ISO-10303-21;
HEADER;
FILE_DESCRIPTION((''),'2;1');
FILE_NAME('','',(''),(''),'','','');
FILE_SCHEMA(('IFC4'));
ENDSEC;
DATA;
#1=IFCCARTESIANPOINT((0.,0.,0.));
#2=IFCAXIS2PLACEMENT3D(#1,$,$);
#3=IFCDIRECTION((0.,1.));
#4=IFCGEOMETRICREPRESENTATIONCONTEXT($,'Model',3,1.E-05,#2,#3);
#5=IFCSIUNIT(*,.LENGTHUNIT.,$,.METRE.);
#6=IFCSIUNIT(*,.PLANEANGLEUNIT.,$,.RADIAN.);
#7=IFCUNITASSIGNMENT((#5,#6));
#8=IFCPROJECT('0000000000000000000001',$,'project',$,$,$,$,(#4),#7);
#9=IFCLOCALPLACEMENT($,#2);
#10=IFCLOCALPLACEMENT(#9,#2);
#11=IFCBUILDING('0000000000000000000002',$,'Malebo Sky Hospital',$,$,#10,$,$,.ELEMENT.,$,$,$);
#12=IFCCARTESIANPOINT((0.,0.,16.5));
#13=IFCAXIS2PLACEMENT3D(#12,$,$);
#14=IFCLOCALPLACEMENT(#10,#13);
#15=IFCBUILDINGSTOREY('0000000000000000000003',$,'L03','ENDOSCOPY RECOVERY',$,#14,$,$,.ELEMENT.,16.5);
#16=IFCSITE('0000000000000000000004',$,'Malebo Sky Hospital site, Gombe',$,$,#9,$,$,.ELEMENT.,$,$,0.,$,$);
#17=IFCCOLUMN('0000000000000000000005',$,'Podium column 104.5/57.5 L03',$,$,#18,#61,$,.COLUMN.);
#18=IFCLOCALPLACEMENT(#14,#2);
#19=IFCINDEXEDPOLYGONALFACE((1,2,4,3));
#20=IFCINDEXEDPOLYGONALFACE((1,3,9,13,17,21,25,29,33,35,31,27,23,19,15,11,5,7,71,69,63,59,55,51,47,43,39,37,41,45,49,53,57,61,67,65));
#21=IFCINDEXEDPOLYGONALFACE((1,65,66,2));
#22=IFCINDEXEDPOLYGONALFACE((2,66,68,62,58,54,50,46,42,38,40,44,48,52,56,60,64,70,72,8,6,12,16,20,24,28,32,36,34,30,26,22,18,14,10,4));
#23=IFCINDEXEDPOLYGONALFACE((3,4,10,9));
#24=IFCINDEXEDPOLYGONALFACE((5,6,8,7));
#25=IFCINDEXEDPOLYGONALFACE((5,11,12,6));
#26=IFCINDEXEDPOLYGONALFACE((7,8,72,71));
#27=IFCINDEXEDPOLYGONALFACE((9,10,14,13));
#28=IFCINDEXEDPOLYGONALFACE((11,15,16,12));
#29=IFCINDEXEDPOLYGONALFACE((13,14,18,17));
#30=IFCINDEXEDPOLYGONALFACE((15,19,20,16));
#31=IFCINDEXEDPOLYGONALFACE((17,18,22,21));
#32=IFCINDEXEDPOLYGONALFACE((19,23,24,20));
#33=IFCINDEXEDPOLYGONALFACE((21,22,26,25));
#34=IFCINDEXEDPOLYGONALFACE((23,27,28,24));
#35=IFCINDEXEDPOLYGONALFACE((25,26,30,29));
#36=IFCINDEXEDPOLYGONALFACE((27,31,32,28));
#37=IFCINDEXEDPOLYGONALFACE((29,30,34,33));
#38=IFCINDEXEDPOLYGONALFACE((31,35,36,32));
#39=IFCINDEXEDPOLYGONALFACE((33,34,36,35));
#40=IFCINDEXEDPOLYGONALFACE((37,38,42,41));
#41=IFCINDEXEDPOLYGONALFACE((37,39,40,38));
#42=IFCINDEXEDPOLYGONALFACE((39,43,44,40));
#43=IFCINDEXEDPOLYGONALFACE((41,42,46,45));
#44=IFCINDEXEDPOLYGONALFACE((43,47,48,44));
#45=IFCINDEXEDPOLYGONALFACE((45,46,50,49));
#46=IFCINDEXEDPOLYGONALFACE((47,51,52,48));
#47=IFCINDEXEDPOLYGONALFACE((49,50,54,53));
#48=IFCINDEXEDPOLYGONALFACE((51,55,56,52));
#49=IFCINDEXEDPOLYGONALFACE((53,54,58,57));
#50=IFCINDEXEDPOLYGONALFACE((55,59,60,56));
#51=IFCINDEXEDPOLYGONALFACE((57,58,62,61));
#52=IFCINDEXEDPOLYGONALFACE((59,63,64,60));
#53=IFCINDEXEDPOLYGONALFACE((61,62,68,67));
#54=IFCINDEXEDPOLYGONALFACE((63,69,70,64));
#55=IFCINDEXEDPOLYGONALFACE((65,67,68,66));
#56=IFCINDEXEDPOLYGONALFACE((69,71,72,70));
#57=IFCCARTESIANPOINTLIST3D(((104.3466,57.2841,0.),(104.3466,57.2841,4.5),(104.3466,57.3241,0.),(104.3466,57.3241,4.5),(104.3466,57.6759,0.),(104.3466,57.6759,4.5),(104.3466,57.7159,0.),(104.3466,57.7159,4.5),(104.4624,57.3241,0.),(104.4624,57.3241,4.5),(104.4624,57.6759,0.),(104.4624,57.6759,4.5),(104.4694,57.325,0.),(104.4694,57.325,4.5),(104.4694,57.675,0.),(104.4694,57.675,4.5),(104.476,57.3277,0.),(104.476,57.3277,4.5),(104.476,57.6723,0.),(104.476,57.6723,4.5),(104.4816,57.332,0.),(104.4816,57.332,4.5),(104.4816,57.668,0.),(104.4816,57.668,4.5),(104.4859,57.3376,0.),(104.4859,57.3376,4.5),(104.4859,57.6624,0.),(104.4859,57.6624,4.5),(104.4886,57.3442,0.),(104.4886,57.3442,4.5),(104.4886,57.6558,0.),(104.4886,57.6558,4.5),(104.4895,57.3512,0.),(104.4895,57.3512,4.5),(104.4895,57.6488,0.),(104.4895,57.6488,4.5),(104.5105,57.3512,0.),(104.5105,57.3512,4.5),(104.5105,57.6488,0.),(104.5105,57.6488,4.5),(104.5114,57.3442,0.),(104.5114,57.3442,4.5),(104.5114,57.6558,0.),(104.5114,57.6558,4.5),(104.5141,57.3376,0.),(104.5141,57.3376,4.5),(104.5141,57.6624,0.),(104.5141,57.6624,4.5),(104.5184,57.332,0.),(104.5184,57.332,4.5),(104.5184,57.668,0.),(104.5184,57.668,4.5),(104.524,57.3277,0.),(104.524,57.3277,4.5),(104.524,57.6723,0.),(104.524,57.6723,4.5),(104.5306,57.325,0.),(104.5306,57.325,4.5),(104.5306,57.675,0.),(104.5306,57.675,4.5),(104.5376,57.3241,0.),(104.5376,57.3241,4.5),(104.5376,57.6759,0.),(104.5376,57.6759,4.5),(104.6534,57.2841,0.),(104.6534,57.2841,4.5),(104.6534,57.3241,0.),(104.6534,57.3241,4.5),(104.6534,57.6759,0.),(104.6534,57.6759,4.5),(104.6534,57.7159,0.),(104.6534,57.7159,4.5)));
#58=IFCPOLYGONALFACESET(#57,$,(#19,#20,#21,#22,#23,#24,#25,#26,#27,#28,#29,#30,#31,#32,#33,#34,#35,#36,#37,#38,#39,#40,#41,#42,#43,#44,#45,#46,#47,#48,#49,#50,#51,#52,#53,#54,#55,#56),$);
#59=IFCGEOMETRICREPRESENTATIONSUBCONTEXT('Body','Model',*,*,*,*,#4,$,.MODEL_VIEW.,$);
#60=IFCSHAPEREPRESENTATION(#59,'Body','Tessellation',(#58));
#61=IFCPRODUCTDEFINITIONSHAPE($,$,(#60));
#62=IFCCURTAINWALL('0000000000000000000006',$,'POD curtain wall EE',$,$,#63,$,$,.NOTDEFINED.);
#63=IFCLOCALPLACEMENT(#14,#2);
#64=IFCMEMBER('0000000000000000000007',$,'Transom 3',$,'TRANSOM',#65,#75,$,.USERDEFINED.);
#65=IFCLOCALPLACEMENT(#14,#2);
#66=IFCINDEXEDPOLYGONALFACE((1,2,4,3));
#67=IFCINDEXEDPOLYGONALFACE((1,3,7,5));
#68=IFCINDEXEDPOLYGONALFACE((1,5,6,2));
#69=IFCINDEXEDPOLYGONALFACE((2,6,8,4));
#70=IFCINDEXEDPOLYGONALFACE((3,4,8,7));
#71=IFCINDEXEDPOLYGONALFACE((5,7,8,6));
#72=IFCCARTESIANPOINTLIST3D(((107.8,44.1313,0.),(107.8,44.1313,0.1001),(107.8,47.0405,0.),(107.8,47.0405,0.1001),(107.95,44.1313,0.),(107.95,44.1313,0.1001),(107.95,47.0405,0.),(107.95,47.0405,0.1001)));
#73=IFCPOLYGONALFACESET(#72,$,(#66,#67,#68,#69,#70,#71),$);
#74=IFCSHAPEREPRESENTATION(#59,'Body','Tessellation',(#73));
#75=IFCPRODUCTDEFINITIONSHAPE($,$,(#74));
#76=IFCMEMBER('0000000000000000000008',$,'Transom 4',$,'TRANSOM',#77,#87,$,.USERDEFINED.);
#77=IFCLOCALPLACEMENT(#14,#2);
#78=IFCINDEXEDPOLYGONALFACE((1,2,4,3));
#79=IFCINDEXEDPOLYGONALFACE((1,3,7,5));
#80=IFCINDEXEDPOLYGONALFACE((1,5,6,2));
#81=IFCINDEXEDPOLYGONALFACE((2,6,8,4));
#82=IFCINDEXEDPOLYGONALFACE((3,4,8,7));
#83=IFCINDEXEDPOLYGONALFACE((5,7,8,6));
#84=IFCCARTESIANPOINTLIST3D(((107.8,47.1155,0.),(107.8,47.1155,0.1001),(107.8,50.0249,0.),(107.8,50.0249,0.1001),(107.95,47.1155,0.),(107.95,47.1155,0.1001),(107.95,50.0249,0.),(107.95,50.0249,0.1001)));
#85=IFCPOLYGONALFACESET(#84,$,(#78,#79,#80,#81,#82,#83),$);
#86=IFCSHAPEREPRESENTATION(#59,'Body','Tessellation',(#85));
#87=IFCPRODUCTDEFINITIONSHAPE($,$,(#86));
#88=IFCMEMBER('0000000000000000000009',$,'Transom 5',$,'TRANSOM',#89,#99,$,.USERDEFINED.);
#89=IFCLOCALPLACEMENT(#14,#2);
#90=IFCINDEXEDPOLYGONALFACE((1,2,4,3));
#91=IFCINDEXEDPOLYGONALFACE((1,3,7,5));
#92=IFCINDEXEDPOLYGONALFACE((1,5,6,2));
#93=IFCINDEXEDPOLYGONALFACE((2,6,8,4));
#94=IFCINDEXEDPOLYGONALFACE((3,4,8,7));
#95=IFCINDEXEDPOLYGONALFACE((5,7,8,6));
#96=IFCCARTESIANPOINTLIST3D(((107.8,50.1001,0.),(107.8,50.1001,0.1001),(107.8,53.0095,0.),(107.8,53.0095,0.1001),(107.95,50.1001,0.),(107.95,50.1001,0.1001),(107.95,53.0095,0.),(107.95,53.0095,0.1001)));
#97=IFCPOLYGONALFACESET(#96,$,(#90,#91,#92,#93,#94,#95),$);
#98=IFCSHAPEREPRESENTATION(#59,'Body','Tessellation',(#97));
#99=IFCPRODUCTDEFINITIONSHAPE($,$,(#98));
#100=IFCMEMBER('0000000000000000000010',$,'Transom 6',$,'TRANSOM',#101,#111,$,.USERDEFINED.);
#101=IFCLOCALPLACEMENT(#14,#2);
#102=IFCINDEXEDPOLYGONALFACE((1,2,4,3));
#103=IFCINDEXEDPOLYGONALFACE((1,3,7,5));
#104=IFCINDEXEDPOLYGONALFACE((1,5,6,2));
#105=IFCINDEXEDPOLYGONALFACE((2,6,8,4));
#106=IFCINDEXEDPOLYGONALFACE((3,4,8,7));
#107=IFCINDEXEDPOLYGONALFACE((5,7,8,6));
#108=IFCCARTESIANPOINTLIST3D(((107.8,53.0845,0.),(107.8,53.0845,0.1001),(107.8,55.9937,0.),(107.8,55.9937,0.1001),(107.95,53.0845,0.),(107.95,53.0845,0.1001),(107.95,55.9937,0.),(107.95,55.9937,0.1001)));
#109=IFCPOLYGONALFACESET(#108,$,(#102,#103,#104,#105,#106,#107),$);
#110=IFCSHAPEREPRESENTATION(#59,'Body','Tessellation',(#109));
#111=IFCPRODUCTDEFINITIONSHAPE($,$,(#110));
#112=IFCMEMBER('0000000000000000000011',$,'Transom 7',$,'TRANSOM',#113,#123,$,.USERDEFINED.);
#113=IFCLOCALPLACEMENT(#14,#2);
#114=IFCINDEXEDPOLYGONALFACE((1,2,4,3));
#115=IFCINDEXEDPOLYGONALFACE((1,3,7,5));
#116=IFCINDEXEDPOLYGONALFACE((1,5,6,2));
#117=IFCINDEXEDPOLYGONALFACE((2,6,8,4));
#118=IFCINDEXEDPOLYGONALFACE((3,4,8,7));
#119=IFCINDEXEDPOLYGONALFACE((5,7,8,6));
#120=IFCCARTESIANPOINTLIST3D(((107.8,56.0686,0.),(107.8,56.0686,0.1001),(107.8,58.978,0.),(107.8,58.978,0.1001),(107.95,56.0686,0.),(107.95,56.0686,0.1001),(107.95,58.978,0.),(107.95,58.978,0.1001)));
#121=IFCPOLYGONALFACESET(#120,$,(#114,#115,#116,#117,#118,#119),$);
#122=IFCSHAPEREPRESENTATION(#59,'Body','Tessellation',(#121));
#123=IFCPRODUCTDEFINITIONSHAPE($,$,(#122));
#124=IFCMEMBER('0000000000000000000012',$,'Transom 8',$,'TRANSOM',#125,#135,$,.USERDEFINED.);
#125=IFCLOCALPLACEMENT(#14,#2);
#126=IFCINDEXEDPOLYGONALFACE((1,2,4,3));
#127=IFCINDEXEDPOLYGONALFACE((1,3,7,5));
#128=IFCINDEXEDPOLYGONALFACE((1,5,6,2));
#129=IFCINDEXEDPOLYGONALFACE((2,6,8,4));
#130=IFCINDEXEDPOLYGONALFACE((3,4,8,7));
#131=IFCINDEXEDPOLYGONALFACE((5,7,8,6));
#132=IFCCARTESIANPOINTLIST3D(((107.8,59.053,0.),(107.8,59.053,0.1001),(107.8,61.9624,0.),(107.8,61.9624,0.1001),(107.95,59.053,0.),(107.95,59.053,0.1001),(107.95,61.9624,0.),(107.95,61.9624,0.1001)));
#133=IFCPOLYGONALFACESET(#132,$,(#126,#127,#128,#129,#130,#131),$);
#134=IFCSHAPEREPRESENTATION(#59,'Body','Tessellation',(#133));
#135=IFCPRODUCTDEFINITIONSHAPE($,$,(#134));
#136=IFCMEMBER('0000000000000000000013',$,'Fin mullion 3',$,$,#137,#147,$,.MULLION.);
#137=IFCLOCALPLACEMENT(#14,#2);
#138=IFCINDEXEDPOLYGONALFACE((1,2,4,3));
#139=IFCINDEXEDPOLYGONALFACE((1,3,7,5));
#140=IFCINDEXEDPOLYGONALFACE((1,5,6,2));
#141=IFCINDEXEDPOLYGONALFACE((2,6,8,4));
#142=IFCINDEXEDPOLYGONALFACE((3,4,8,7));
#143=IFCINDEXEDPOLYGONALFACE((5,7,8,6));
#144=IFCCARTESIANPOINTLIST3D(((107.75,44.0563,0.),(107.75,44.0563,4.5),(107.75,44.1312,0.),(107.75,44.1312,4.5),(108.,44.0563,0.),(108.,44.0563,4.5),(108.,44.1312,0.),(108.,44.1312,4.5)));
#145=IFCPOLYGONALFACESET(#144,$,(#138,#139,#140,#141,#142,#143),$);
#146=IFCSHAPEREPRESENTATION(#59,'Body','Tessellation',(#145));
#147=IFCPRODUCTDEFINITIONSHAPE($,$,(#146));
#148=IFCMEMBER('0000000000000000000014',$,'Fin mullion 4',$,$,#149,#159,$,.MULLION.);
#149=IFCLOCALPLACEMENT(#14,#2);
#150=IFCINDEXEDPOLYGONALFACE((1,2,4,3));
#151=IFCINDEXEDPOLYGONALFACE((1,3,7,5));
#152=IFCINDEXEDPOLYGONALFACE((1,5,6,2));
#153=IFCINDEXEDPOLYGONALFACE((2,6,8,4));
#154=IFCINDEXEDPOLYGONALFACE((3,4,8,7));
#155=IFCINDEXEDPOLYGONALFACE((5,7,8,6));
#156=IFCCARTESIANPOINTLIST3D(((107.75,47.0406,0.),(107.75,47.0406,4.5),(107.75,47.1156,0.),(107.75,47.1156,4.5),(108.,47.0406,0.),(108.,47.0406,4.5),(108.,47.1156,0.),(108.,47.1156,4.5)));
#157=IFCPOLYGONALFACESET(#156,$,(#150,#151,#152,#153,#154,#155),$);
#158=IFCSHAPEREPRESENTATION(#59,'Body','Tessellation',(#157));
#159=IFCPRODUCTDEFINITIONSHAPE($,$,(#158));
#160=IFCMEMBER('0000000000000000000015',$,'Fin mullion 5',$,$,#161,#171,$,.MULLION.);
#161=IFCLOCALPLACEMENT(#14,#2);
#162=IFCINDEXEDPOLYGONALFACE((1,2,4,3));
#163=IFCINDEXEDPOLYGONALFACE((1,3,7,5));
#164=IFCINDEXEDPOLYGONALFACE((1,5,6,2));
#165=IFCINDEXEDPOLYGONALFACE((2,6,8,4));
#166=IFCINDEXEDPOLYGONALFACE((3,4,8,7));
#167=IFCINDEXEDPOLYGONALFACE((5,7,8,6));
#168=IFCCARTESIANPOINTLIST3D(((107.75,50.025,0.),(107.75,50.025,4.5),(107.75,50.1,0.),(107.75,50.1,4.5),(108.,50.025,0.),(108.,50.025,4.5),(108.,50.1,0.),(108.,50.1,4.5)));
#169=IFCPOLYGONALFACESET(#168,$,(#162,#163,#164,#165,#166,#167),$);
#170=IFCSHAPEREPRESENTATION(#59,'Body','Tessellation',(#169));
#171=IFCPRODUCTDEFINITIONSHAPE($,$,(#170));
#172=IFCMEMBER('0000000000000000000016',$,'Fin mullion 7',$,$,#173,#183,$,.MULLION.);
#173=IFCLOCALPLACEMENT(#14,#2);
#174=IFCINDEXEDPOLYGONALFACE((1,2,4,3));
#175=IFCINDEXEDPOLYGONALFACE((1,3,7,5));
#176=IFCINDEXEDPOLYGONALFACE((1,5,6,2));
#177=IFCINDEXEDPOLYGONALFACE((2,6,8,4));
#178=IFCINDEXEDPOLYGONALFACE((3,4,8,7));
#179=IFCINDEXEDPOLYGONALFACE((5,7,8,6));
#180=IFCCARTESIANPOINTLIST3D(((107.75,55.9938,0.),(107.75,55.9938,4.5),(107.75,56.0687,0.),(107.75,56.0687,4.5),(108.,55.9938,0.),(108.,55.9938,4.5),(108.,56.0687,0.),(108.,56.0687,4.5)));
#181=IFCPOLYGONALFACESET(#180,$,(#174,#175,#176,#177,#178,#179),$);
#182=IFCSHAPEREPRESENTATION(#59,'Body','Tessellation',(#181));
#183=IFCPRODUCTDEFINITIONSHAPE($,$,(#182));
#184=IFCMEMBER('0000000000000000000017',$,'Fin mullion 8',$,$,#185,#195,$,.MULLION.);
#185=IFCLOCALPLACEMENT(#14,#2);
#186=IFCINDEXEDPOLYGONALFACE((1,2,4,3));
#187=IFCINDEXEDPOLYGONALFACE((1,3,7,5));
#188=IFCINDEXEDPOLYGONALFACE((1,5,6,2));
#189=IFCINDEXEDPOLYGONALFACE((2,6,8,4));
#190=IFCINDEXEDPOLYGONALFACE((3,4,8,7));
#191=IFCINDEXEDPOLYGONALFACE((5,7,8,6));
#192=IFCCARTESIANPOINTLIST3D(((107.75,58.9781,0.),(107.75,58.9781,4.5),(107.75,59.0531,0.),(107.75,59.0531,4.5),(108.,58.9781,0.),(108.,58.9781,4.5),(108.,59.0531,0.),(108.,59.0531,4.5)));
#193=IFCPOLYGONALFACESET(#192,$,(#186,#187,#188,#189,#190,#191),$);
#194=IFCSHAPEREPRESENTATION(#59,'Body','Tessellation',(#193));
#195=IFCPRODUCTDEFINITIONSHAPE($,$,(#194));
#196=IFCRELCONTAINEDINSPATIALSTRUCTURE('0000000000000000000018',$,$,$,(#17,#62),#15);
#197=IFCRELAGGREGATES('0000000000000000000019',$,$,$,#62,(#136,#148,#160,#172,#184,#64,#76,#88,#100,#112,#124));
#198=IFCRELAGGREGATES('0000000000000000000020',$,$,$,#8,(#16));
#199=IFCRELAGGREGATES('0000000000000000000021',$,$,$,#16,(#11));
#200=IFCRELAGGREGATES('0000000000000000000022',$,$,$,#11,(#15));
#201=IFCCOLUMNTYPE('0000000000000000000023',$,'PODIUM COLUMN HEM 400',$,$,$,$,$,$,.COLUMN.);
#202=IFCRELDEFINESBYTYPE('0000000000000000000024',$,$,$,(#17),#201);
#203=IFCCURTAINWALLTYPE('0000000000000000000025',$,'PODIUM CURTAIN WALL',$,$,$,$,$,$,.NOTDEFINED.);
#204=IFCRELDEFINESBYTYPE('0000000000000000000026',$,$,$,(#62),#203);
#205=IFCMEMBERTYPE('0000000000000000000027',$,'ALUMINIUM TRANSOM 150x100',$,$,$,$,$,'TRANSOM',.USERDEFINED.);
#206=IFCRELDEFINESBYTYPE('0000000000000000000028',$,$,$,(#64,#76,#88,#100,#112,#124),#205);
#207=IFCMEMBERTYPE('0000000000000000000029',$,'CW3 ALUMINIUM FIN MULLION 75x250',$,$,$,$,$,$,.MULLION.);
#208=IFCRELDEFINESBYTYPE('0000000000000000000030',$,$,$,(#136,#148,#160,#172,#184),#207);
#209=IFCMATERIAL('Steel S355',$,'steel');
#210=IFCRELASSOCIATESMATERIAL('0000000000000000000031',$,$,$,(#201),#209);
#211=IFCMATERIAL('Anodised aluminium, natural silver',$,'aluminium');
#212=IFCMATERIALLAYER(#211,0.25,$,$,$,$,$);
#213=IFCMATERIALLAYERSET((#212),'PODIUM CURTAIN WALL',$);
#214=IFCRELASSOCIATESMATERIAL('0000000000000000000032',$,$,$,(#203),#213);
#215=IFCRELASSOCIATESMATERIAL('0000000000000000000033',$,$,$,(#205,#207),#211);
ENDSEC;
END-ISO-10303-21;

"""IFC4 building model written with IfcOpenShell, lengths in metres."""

from ifc_helpers import new_model, si_unit, direction, frame, origin, origin_2d, place, context, subcontext, project, spatial, rectangle, i_section, extrude, material, layer, layer_set, material_profile, profile_set, type_object, element, aggregate, save


model = new_model("IFC4")

# Units and contexts
model_context = context("Model", 3, precision=1e-05, world=origin(), true_north=direction((0.0, 1.0)))
body_context = subcontext(model_context, "Body", "Model", "MODEL_VIEW")
ifc_project = project(units=[si_unit("LENGTHUNIT", "METRE"), si_unit("PLANEANGLEUNIT", "RADIAN")], contexts=[model_context])

# Site, building, storey
site_placement = place(None, origin())
site = spatial("IfcSite", under=ifc_project, at=site_placement, Name="Malebo Sky Hospital site, Gombe", CompositionType="ELEMENT", RefElevation=0.0)
building_placement = place(site_placement, origin())
building = spatial("IfcBuilding", under=site, at=building_placement, Name="Malebo Sky Hospital", CompositionType="ELEMENT")
storey_placement = place(building_placement, frame((0.0, 0.0, 16.5)))
storey = spatial("IfcBuildingStorey", under=building, at=storey_placement, Name="L03", Description="ENDOSCOPY RECOVERY", CompositionType="ELEMENT", Elevation=16.5)

# Column
ifc_material_1 = material(Name="Steel S355", Category="steel")
ifc_material_profile_1 = material_profile(ifc_material_1, i_section(OverallWidth=0.3069, OverallDepth=0.4319, WebThickness=0.021, FlangeThickness=0.04, FilletRadius=0.0271, at=origin_2d()), Name="HEM 400")
ifc_profile_set_1 = profile_set([ifc_material_profile_1], Name="Steel S355")
column_type = type_object("IfcColumnType", Name="PODIUM COLUMN HEM 400", PredefinedType="COLUMN", material=ifc_profile_set_1)
column_placement = place(storey_placement, frame((104.5, 57.5, 0.0), z_axis=(0.0, 0.0, 1.0), x_axis=(1.0, 0.0, 0.0)))
element("IfcColumn", 1, at=column_placement, inside=storey, type_object=column_type, Name="Podium column 104.5/57.5 L03", PredefinedType="COLUMN", context=body_context, shape_type="SweptSolid", body=[
    extrude(i_section(OverallWidth=0.3069, OverallDepth=0.4319, WebThickness=0.021, FlangeThickness=0.04, FilletRadius=0.0271, at=origin_2d()), origin(), (0.0, 0.0, 1.0), 4.5),
])

# Curtain wall, members
ifc_material_2 = material(Name="Anodised aluminium, natural silver", Category="aluminium")
ifc_layer_1 = layer(ifc_material_2, 0.25)
ifc_layer_set_1 = layer_set([ifc_layer_1], Name="PODIUM CURTAIN WALL")
curtain_wall_type = type_object("IfcCurtainWallType", Name="PODIUM CURTAIN WALL", PredefinedType="NOTDEFINED", material=ifc_layer_set_1)
curtain_wall_placement = place(storey_placement, origin())
curtain_wall = element("IfcCurtainWall", 2, at=curtain_wall_placement, inside=storey, type_object=curtain_wall_type, Name="POD curtain wall EE", PredefinedType="NOTDEFINED")
ifc_material_profile_2 = material_profile(ifc_material_2, rectangle(XDim=0.1499, YDim=0.1001, at=origin_2d()), Name="ALUMINIUM TRANSOM 150x100")
ifc_profile_set_2 = profile_set([ifc_material_profile_2], Name="Anodised aluminium, natural silver")
member_type_1 = type_object("IfcMemberType", Name="ALUMINIUM TRANSOM 150x100", ElementType="TRANSOM", PredefinedType="USERDEFINED", material=ifc_profile_set_2)
member_1_placement = place(storey_placement, frame((107.875, 44.1313, 0.05), z_axis=(0.0, 1.0, 0.0), x_axis=(-1.0, 0.0, 0.0)))
member_1 = element("IfcMember", 3, at=member_1_placement, type_object=member_type_1, Name="Transom 3", ObjectType="TRANSOM", PredefinedType="USERDEFINED", context=body_context, shape_type="SweptSolid", body=[
    extrude(rectangle(XDim=0.1499, YDim=0.1001, at=origin_2d()), origin(), (0.0, 0.0, 1.0), 2.9092),
])
member_2_placement = place(storey_placement, frame((107.875, 47.1155, 0.05), z_axis=(0.0, 1.0, 0.0), x_axis=(-1.0, 0.0, 0.0)))
member_2 = element("IfcMember", 4, at=member_2_placement, type_object=member_type_1, Name="Transom 4", ObjectType="TRANSOM", PredefinedType="USERDEFINED", context=body_context, shape_type="SweptSolid", body=[
    extrude(rectangle(XDim=0.1499, YDim=0.1001, at=origin_2d()), origin(), (0.0, 0.0, 1.0), 2.9094),
])
member_3_placement = place(storey_placement, frame((107.875, 50.1001, 0.05), z_axis=(0.0, 1.0, 0.0), x_axis=(-1.0, 0.0, 0.0)))
member_3 = element("IfcMember", 5, at=member_3_placement, type_object=member_type_1, Name="Transom 5", ObjectType="TRANSOM", PredefinedType="USERDEFINED", context=body_context, shape_type="SweptSolid", body=[
    extrude(rectangle(XDim=0.1499, YDim=0.1001, at=origin_2d()), origin(), (0.0, 0.0, 1.0), 2.9094),
])
member_4_placement = place(storey_placement, frame((107.875, 53.0845, 0.05), z_axis=(0.0, 1.0, 0.0), x_axis=(-1.0, 0.0, 0.0)))
member_4 = element("IfcMember", 6, at=member_4_placement, type_object=member_type_1, Name="Transom 6", ObjectType="TRANSOM", PredefinedType="USERDEFINED", context=body_context, shape_type="SweptSolid", body=[
    extrude(rectangle(XDim=0.1499, YDim=0.1001, at=origin_2d()), origin(), (0.0, 0.0, 1.0), 2.9092),
])
member_5_placement = place(storey_placement, frame((107.875, 56.0686, 0.05), z_axis=(0.0, 1.0, 0.0), x_axis=(-1.0, 0.0, 0.0)))
member_5 = element("IfcMember", 7, at=member_5_placement, type_object=member_type_1, Name="Transom 7", ObjectType="TRANSOM", PredefinedType="USERDEFINED", context=body_context, shape_type="SweptSolid", body=[
    extrude(rectangle(XDim=0.1499, YDim=0.1001, at=origin_2d()), origin(), (0.0, 0.0, 1.0), 2.9094),
])
member_6_placement = place(storey_placement, frame((107.875, 59.053, 0.05), z_axis=(0.0, 1.0, 0.0), x_axis=(-1.0, 0.0, 0.0)))
member_6 = element("IfcMember", 8, at=member_6_placement, type_object=member_type_1, Name="Transom 8", ObjectType="TRANSOM", PredefinedType="USERDEFINED", context=body_context, shape_type="SweptSolid", body=[
    extrude(rectangle(XDim=0.1499, YDim=0.1001, at=origin_2d()), origin(), (0.0, 0.0, 1.0), 2.9094),
])
ifc_material_profile_3 = material_profile(ifc_material_2, rectangle(XDim=0.075, YDim=0.25, at=origin_2d()), Name="CW3 ALUMINIUM FIN MULLION 75x250")
ifc_profile_set_3 = profile_set([ifc_material_profile_3], Name="Anodised aluminium, natural silver")
member_type_2 = type_object("IfcMemberType", Name="CW3 ALUMINIUM FIN MULLION 75x250", PredefinedType="MULLION", material=ifc_profile_set_3)
member_7_placement = place(storey_placement, frame((107.875, 44.0938, 0.0), z_axis=(0.0, 0.0, 1.0), x_axis=(0.0, 1.0, 0.0)))
member_7 = element("IfcMember", 9, at=member_7_placement, type_object=member_type_2, Name="Fin mullion 3", PredefinedType="MULLION", context=body_context, shape_type="SweptSolid", body=[
    extrude(rectangle(XDim=0.075, YDim=0.25, at=origin_2d()), origin(), (0.0, 0.0, 1.0), 4.5),
])
member_8_placement = place(storey_placement, frame((107.875, 47.0781, 0.0), z_axis=(0.0, 0.0, 1.0), x_axis=(0.0, 1.0, 0.0)))
member_8 = element("IfcMember", 10, at=member_8_placement, type_object=member_type_2, Name="Fin mullion 4", PredefinedType="MULLION", context=body_context, shape_type="SweptSolid", body=[
    extrude(rectangle(XDim=0.075, YDim=0.25, at=origin_2d()), origin(), (0.0, 0.0, 1.0), 4.5),
])
member_9_placement = place(storey_placement, frame((107.875, 50.0625, 0.0), z_axis=(0.0, 0.0, 1.0), x_axis=(0.0, 1.0, 0.0)))
member_9 = element("IfcMember", 11, at=member_9_placement, type_object=member_type_2, Name="Fin mullion 5", PredefinedType="MULLION", context=body_context, shape_type="SweptSolid", body=[
    extrude(rectangle(XDim=0.075, YDim=0.25, at=origin_2d()), origin(), (0.0, 0.0, 1.0), 4.5),
])
member_10_placement = place(storey_placement, frame((107.875, 56.0312, 0.0), z_axis=(0.0, 0.0, 1.0), x_axis=(0.0, 1.0, 0.0)))
member_10 = element("IfcMember", 12, at=member_10_placement, type_object=member_type_2, Name="Fin mullion 7", PredefinedType="MULLION", context=body_context, shape_type="SweptSolid", body=[
    extrude(rectangle(XDim=0.075, YDim=0.25, at=origin_2d()), origin(), (0.0, 0.0, 1.0), 4.5),
])
member_11_placement = place(storey_placement, frame((107.875, 59.0156, 0.0), z_axis=(0.0, 0.0, 1.0), x_axis=(0.0, 1.0, 0.0)))
member_11 = element("IfcMember", 13, at=member_11_placement, type_object=member_type_2, Name="Fin mullion 8", PredefinedType="MULLION", context=body_context, shape_type="SweptSolid", body=[
    extrude(rectangle(XDim=0.075, YDim=0.25, at=origin_2d()), origin(), (0.0, 0.0, 1.0), 4.5),
])

aggregate(curtain_wall, [member_7, member_8, member_9, member_10, member_11, member_1, member_2, member_3, member_4, member_5, member_6])

save(model, "model.ifc")
